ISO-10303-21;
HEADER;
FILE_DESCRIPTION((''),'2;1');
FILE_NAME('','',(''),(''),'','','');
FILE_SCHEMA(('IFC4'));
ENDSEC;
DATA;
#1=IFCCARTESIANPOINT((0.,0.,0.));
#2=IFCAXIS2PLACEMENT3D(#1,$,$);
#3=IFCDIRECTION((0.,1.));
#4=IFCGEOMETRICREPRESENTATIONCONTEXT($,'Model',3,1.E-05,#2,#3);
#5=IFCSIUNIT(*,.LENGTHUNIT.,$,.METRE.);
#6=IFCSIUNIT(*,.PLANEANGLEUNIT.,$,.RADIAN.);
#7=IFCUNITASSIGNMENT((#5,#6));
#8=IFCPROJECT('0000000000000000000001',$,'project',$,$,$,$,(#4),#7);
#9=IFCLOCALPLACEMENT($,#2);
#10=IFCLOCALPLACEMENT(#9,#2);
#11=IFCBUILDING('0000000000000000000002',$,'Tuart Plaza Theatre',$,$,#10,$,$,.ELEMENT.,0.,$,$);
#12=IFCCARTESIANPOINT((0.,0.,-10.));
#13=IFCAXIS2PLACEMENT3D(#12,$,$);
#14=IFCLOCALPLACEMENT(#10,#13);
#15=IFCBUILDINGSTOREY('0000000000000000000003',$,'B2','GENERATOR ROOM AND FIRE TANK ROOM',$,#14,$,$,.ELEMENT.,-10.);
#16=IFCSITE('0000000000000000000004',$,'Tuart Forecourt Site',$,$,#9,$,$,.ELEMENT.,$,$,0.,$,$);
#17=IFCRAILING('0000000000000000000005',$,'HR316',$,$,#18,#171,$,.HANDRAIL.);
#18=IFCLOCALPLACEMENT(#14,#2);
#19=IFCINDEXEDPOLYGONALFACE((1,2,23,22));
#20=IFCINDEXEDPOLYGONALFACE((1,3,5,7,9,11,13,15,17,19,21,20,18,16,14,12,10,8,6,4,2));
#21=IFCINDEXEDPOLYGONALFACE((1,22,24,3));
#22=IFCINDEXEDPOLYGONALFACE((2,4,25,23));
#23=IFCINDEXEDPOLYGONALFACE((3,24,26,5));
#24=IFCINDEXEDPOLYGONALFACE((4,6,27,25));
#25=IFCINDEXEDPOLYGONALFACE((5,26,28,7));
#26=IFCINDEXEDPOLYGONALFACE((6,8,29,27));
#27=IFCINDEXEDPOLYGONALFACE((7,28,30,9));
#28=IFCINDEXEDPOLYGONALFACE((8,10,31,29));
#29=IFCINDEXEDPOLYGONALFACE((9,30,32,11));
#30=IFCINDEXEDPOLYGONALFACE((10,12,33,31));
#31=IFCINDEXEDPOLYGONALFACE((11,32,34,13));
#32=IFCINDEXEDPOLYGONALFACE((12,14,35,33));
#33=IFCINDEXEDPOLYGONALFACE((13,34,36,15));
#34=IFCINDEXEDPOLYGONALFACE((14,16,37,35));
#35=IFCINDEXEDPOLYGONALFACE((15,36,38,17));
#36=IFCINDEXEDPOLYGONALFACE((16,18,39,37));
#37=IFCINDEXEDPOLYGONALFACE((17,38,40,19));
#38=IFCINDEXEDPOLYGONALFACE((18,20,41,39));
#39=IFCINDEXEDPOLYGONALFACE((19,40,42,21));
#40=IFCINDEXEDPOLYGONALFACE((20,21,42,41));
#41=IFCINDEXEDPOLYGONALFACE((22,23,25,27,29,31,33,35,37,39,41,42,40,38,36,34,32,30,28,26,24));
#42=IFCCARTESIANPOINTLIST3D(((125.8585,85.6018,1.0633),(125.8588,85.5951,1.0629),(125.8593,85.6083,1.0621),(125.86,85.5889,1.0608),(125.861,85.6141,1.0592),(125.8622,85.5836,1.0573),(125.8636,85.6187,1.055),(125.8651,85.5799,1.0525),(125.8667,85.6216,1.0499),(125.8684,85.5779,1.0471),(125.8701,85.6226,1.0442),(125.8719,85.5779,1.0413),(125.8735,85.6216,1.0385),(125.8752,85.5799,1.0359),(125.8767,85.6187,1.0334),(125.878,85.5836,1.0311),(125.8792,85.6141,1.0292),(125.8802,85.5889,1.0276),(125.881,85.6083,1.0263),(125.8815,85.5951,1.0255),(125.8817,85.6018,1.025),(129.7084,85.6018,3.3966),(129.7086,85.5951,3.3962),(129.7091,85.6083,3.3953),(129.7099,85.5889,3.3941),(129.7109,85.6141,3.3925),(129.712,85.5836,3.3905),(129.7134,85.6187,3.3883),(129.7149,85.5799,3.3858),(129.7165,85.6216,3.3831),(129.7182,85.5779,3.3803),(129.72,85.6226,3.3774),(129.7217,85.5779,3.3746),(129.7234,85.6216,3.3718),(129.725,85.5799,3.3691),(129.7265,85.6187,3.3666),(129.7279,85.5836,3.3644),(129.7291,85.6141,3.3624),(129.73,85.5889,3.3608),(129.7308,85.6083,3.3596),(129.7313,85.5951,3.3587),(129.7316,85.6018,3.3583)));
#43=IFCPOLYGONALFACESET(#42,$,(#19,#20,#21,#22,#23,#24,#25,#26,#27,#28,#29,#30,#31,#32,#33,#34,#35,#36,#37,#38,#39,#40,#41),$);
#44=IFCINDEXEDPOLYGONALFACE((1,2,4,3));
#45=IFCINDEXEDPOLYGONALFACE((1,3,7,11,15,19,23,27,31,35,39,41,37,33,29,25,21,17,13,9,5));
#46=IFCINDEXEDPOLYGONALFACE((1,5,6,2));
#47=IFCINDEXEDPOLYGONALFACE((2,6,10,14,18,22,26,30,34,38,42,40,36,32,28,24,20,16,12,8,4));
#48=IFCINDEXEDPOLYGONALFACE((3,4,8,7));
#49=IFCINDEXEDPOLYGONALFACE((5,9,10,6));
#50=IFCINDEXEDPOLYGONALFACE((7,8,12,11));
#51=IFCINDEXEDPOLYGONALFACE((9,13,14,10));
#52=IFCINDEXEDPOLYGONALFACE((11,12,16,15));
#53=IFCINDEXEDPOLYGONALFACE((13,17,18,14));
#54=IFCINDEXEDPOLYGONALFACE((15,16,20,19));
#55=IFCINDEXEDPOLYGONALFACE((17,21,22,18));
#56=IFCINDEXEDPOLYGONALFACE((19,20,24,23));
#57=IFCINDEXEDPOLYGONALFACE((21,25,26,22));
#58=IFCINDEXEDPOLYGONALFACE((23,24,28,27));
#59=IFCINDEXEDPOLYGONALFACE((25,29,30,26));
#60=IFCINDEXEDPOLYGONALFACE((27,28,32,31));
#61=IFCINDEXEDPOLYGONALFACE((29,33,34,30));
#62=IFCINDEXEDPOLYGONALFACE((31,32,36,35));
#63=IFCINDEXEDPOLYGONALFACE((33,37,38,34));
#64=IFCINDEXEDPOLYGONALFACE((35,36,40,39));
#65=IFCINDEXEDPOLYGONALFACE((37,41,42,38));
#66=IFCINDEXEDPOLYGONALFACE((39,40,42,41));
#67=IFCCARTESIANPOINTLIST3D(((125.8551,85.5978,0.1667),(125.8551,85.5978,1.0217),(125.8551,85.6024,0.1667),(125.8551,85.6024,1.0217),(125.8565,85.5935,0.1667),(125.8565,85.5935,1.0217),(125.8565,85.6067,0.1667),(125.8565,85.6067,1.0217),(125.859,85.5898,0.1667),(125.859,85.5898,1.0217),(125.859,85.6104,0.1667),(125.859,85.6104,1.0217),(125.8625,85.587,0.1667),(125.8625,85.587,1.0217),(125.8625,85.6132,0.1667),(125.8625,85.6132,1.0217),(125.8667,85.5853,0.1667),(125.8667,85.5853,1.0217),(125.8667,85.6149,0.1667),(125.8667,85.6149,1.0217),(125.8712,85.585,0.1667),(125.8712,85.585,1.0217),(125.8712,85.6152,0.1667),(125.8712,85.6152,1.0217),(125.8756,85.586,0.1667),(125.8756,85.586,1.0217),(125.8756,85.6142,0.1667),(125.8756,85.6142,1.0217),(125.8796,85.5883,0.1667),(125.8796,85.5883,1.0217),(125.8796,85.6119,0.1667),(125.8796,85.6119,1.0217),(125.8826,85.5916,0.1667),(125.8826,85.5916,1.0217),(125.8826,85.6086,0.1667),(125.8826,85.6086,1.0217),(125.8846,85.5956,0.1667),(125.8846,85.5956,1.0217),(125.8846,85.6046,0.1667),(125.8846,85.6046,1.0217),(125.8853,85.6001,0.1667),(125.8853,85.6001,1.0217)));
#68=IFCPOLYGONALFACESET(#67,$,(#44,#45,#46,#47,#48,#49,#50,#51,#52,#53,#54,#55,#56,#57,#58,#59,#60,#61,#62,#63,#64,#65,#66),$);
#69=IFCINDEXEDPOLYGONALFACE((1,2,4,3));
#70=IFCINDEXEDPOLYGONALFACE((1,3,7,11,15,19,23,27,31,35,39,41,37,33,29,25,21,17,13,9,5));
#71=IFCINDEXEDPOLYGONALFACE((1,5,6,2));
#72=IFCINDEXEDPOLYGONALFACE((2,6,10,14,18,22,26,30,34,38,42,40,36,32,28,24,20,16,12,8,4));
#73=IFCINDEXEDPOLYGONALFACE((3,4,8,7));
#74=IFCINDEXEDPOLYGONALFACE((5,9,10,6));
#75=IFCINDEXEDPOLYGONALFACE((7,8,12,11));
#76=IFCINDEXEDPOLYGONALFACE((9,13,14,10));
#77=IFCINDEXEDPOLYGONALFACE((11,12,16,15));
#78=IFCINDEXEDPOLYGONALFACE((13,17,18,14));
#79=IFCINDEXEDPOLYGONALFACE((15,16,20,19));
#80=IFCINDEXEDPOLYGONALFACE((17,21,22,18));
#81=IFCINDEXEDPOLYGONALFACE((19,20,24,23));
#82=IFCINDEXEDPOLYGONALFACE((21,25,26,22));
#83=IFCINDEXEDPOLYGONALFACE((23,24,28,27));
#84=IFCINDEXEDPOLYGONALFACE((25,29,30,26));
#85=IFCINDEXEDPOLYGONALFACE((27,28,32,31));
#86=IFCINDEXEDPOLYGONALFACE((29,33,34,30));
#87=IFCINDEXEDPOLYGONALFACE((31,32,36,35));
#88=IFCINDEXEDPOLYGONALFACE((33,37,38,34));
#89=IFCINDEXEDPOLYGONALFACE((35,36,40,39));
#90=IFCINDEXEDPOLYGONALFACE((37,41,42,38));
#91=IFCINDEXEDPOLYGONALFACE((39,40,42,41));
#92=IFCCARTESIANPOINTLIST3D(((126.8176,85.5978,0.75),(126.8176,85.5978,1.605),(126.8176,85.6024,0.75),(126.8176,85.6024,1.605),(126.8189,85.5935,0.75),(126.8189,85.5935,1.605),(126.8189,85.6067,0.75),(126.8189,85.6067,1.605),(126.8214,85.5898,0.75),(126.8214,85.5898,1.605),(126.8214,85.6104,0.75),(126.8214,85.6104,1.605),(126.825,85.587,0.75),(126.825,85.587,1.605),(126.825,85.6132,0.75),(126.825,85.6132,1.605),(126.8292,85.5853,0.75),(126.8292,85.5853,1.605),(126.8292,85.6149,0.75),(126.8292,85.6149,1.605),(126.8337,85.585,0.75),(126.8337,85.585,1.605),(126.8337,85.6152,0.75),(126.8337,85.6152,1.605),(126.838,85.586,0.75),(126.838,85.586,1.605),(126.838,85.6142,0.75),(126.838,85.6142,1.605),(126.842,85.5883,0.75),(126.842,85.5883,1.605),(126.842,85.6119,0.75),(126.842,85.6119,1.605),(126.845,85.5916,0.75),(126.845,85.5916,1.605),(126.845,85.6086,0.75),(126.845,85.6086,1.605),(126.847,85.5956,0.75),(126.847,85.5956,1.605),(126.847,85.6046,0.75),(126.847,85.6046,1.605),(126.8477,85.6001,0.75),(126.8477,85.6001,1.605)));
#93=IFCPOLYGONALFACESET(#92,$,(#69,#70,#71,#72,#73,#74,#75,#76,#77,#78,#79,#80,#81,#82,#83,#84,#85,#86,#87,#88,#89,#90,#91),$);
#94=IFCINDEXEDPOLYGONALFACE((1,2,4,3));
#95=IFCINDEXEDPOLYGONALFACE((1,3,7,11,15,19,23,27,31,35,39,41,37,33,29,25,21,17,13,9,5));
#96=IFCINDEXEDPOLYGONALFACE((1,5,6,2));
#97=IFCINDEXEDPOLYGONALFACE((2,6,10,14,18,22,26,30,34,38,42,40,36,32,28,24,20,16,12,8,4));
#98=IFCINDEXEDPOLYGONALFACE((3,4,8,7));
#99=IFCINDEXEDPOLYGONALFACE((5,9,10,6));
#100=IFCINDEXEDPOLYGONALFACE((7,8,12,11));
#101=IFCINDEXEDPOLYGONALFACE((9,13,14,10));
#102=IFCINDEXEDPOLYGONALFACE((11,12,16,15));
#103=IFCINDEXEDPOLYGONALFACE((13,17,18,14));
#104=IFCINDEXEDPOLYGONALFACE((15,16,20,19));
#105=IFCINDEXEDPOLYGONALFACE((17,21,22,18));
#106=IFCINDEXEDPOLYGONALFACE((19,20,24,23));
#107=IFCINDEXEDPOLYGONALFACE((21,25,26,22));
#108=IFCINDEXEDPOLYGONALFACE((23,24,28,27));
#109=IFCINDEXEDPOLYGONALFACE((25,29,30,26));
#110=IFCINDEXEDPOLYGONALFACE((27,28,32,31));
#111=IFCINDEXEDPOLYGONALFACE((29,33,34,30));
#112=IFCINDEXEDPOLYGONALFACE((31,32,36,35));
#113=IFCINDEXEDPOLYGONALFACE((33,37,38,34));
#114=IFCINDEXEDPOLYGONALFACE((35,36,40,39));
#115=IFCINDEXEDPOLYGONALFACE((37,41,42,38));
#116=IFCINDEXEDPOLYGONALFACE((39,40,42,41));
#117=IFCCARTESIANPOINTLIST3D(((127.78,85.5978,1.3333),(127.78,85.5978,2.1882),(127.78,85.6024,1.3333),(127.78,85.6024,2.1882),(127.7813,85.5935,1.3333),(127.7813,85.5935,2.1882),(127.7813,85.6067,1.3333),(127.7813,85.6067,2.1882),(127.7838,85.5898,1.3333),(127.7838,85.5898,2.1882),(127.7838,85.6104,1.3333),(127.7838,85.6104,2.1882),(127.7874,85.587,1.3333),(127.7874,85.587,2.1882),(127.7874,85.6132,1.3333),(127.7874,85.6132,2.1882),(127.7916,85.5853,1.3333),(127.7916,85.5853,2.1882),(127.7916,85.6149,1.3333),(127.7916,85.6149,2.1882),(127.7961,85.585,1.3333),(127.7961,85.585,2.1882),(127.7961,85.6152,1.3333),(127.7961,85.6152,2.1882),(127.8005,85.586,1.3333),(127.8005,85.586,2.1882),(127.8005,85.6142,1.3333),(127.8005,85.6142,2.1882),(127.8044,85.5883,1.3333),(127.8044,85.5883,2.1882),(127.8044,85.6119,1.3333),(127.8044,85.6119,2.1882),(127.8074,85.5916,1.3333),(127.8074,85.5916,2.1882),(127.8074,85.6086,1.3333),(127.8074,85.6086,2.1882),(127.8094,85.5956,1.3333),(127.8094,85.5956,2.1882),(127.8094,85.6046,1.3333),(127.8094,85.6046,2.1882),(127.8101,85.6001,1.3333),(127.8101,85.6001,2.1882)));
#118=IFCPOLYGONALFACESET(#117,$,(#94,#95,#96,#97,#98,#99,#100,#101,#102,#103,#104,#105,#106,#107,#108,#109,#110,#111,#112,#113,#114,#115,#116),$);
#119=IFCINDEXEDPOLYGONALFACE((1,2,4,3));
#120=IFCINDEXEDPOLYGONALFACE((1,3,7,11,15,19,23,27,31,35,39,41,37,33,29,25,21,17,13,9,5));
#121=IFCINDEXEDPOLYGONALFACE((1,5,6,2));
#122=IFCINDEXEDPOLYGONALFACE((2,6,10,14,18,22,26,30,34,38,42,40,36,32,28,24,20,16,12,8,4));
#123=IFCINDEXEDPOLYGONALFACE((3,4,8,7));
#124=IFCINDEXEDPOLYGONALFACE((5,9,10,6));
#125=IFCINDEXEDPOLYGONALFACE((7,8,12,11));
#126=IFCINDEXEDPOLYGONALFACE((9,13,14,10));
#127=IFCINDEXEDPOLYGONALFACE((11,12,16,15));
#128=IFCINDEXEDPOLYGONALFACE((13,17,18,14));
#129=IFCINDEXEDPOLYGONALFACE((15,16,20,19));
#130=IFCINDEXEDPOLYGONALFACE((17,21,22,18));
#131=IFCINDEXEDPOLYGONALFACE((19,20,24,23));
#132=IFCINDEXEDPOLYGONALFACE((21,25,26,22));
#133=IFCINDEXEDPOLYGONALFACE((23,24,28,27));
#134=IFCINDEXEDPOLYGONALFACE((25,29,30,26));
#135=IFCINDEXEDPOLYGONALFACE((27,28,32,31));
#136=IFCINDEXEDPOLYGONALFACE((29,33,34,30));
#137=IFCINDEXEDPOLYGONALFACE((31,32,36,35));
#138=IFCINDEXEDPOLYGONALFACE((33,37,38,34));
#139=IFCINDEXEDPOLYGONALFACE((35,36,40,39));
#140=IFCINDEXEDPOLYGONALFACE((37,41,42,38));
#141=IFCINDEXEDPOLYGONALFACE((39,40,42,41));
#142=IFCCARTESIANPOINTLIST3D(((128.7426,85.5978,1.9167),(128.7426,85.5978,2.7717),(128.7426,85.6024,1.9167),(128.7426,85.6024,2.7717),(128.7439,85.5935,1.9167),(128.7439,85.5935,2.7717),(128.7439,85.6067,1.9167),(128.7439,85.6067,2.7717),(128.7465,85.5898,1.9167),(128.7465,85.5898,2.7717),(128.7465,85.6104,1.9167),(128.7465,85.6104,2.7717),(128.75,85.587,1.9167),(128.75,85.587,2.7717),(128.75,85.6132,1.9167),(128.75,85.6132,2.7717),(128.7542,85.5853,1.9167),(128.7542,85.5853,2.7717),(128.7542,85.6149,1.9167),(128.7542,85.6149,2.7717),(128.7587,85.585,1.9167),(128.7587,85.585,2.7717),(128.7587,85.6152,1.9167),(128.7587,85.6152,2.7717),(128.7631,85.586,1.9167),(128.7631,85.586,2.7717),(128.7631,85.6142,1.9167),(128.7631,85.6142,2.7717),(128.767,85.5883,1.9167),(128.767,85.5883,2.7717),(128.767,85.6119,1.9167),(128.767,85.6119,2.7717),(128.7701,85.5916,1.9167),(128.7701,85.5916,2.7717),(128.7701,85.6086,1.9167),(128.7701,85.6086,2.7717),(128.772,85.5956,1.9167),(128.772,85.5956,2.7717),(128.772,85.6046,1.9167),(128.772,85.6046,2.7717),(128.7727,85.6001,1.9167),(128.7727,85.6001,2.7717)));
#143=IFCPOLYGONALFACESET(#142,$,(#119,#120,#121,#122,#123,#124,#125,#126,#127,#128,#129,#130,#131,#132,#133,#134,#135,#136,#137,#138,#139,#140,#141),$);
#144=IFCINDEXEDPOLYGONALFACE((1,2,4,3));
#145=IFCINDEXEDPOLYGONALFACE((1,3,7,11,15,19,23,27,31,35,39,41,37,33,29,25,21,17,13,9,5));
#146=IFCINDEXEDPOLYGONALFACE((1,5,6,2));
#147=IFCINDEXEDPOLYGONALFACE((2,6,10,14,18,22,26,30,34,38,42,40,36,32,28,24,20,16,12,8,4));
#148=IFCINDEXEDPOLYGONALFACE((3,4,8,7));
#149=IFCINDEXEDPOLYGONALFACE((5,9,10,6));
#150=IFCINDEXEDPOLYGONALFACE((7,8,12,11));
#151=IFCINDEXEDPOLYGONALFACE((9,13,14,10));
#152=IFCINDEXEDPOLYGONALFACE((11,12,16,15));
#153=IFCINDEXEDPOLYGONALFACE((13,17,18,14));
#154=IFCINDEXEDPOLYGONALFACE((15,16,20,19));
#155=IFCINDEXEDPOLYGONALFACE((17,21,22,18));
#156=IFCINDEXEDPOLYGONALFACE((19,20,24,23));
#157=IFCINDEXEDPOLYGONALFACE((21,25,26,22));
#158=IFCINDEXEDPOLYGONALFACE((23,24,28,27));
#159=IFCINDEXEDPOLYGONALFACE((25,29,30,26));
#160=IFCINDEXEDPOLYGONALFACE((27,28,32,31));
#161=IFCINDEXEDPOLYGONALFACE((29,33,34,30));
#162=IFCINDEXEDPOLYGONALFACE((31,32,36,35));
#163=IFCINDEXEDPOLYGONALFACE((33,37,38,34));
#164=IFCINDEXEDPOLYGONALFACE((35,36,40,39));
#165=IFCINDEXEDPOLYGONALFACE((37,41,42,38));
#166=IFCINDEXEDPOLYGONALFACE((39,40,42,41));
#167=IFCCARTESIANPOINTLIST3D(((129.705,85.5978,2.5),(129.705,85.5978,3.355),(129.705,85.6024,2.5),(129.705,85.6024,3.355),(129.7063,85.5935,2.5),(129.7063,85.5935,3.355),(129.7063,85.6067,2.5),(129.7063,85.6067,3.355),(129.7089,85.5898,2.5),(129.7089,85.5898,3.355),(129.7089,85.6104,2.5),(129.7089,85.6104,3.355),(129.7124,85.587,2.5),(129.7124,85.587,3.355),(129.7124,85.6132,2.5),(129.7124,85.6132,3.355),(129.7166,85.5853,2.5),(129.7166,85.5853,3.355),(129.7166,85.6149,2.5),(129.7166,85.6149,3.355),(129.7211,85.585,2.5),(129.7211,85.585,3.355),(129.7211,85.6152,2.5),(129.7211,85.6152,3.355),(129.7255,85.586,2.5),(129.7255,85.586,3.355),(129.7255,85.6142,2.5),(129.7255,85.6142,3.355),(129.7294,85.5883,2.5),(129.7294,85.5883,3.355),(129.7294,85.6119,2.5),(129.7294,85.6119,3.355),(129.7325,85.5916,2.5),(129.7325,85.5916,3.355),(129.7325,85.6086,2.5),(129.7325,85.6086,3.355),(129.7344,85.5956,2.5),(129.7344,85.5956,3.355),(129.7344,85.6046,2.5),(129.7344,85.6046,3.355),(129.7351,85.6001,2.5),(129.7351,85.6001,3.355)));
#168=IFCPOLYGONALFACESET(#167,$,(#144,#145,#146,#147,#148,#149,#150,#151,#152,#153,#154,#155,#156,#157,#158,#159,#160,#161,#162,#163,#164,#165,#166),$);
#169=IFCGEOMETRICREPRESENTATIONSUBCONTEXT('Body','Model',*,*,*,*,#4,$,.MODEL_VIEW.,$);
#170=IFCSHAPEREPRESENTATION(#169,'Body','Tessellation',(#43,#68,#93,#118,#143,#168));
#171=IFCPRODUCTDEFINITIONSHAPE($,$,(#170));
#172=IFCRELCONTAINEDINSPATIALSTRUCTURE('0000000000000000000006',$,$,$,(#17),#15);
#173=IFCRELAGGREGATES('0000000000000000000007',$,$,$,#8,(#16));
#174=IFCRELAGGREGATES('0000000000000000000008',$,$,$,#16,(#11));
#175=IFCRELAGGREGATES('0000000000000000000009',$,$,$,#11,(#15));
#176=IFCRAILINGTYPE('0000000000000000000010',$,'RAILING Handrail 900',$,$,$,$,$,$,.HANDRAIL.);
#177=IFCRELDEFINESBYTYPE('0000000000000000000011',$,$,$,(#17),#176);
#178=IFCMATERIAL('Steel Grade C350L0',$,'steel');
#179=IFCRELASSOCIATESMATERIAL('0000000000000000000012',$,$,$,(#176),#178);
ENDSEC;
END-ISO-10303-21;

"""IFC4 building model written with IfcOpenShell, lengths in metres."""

from ifc_helpers import new_model, si_unit, direction, frame, origin, origin_2d, place, context, subcontext, project, spatial, circle, extrude, material, type_object, element, save


model = new_model("IFC4")

# Units and contexts
model_context = context("Model", 3, precision=1e-05, world=origin(), true_north=direction((0.0, 1.0)))
body_context = subcontext(model_context, "Body", "Model", "MODEL_VIEW")
ifc_project = project(units=[si_unit("LENGTHUNIT", "METRE"), si_unit("PLANEANGLEUNIT", "RADIAN")], contexts=[model_context])

# Site, building, storey
site_placement = place(None, origin())
site = spatial("IfcSite", under=ifc_project, at=site_placement, Name="Tuart Forecourt Site", CompositionType="ELEMENT", RefElevation=0.0)
building_placement = place(site_placement, origin())
building = spatial("IfcBuilding", under=site, at=building_placement, Name="Tuart Plaza Theatre", CompositionType="ELEMENT", ElevationOfRefHeight=0.0)
storey_placement = place(building_placement, frame((0.0, 0.0, -10.0)))
storey = spatial("IfcBuildingStorey", under=building, at=storey_placement, Name="B2", Description="GENERATOR ROOM AND FIRE TANK ROOM", CompositionType="ELEMENT", Elevation=-10.0)

# Railing
ifc_material_1 = material(Name="Steel Grade C350L0", Category="steel")
railing_type = type_object("IfcRailingType", Name="RAILING Handrail 900", PredefinedType="HANDRAIL", material=ifc_material_1)
for number, where, name in (
    (1, (125.8701, 85.6001, 0.1667), "HR316"),
):
    element("IfcRailing", number, at=place(storey_placement, frame(where)), inside=storey, type_object=railing_type, Name=name, PredefinedType="HANDRAIL", context=body_context, shape_type="SweptSolid", body=[
        extrude(circle(Radius=0.0225, at=origin_2d()), frame((0.0, 0.0, 0.8774), z_axis=(0.855197, 0.0, 0.518303), x_axis=(0.0, 1.0, 0.0)), (0.0, 0.0, 1.0), 4.5017),
        extrude(circle(Radius=0.0151, at=origin_2d()), origin(), (0.0, 0.0, 1.0), 0.855),
        extrude(circle(Radius=0.0151, at=origin_2d()), frame((0.9624, 0.0, 0.5833)), (0.0, 0.0, 1.0), 0.855),
        extrude(circle(Radius=0.0151, at=origin_2d()), frame((1.9248, 0.0, 1.1665)), (0.0, 0.0, 1.0), 0.855),
        extrude(circle(Radius=0.0151, at=origin_2d()), frame((2.8875, 0.0, 1.75)), (0.0, 0.0, 1.0), 0.855),
        extrude(circle(Radius=0.0151, at=origin_2d()), frame((3.8499, 0.0, 2.3333)), (0.0, 0.0, 1.0), 0.855),
    ])

save(model, "model.ifc")
